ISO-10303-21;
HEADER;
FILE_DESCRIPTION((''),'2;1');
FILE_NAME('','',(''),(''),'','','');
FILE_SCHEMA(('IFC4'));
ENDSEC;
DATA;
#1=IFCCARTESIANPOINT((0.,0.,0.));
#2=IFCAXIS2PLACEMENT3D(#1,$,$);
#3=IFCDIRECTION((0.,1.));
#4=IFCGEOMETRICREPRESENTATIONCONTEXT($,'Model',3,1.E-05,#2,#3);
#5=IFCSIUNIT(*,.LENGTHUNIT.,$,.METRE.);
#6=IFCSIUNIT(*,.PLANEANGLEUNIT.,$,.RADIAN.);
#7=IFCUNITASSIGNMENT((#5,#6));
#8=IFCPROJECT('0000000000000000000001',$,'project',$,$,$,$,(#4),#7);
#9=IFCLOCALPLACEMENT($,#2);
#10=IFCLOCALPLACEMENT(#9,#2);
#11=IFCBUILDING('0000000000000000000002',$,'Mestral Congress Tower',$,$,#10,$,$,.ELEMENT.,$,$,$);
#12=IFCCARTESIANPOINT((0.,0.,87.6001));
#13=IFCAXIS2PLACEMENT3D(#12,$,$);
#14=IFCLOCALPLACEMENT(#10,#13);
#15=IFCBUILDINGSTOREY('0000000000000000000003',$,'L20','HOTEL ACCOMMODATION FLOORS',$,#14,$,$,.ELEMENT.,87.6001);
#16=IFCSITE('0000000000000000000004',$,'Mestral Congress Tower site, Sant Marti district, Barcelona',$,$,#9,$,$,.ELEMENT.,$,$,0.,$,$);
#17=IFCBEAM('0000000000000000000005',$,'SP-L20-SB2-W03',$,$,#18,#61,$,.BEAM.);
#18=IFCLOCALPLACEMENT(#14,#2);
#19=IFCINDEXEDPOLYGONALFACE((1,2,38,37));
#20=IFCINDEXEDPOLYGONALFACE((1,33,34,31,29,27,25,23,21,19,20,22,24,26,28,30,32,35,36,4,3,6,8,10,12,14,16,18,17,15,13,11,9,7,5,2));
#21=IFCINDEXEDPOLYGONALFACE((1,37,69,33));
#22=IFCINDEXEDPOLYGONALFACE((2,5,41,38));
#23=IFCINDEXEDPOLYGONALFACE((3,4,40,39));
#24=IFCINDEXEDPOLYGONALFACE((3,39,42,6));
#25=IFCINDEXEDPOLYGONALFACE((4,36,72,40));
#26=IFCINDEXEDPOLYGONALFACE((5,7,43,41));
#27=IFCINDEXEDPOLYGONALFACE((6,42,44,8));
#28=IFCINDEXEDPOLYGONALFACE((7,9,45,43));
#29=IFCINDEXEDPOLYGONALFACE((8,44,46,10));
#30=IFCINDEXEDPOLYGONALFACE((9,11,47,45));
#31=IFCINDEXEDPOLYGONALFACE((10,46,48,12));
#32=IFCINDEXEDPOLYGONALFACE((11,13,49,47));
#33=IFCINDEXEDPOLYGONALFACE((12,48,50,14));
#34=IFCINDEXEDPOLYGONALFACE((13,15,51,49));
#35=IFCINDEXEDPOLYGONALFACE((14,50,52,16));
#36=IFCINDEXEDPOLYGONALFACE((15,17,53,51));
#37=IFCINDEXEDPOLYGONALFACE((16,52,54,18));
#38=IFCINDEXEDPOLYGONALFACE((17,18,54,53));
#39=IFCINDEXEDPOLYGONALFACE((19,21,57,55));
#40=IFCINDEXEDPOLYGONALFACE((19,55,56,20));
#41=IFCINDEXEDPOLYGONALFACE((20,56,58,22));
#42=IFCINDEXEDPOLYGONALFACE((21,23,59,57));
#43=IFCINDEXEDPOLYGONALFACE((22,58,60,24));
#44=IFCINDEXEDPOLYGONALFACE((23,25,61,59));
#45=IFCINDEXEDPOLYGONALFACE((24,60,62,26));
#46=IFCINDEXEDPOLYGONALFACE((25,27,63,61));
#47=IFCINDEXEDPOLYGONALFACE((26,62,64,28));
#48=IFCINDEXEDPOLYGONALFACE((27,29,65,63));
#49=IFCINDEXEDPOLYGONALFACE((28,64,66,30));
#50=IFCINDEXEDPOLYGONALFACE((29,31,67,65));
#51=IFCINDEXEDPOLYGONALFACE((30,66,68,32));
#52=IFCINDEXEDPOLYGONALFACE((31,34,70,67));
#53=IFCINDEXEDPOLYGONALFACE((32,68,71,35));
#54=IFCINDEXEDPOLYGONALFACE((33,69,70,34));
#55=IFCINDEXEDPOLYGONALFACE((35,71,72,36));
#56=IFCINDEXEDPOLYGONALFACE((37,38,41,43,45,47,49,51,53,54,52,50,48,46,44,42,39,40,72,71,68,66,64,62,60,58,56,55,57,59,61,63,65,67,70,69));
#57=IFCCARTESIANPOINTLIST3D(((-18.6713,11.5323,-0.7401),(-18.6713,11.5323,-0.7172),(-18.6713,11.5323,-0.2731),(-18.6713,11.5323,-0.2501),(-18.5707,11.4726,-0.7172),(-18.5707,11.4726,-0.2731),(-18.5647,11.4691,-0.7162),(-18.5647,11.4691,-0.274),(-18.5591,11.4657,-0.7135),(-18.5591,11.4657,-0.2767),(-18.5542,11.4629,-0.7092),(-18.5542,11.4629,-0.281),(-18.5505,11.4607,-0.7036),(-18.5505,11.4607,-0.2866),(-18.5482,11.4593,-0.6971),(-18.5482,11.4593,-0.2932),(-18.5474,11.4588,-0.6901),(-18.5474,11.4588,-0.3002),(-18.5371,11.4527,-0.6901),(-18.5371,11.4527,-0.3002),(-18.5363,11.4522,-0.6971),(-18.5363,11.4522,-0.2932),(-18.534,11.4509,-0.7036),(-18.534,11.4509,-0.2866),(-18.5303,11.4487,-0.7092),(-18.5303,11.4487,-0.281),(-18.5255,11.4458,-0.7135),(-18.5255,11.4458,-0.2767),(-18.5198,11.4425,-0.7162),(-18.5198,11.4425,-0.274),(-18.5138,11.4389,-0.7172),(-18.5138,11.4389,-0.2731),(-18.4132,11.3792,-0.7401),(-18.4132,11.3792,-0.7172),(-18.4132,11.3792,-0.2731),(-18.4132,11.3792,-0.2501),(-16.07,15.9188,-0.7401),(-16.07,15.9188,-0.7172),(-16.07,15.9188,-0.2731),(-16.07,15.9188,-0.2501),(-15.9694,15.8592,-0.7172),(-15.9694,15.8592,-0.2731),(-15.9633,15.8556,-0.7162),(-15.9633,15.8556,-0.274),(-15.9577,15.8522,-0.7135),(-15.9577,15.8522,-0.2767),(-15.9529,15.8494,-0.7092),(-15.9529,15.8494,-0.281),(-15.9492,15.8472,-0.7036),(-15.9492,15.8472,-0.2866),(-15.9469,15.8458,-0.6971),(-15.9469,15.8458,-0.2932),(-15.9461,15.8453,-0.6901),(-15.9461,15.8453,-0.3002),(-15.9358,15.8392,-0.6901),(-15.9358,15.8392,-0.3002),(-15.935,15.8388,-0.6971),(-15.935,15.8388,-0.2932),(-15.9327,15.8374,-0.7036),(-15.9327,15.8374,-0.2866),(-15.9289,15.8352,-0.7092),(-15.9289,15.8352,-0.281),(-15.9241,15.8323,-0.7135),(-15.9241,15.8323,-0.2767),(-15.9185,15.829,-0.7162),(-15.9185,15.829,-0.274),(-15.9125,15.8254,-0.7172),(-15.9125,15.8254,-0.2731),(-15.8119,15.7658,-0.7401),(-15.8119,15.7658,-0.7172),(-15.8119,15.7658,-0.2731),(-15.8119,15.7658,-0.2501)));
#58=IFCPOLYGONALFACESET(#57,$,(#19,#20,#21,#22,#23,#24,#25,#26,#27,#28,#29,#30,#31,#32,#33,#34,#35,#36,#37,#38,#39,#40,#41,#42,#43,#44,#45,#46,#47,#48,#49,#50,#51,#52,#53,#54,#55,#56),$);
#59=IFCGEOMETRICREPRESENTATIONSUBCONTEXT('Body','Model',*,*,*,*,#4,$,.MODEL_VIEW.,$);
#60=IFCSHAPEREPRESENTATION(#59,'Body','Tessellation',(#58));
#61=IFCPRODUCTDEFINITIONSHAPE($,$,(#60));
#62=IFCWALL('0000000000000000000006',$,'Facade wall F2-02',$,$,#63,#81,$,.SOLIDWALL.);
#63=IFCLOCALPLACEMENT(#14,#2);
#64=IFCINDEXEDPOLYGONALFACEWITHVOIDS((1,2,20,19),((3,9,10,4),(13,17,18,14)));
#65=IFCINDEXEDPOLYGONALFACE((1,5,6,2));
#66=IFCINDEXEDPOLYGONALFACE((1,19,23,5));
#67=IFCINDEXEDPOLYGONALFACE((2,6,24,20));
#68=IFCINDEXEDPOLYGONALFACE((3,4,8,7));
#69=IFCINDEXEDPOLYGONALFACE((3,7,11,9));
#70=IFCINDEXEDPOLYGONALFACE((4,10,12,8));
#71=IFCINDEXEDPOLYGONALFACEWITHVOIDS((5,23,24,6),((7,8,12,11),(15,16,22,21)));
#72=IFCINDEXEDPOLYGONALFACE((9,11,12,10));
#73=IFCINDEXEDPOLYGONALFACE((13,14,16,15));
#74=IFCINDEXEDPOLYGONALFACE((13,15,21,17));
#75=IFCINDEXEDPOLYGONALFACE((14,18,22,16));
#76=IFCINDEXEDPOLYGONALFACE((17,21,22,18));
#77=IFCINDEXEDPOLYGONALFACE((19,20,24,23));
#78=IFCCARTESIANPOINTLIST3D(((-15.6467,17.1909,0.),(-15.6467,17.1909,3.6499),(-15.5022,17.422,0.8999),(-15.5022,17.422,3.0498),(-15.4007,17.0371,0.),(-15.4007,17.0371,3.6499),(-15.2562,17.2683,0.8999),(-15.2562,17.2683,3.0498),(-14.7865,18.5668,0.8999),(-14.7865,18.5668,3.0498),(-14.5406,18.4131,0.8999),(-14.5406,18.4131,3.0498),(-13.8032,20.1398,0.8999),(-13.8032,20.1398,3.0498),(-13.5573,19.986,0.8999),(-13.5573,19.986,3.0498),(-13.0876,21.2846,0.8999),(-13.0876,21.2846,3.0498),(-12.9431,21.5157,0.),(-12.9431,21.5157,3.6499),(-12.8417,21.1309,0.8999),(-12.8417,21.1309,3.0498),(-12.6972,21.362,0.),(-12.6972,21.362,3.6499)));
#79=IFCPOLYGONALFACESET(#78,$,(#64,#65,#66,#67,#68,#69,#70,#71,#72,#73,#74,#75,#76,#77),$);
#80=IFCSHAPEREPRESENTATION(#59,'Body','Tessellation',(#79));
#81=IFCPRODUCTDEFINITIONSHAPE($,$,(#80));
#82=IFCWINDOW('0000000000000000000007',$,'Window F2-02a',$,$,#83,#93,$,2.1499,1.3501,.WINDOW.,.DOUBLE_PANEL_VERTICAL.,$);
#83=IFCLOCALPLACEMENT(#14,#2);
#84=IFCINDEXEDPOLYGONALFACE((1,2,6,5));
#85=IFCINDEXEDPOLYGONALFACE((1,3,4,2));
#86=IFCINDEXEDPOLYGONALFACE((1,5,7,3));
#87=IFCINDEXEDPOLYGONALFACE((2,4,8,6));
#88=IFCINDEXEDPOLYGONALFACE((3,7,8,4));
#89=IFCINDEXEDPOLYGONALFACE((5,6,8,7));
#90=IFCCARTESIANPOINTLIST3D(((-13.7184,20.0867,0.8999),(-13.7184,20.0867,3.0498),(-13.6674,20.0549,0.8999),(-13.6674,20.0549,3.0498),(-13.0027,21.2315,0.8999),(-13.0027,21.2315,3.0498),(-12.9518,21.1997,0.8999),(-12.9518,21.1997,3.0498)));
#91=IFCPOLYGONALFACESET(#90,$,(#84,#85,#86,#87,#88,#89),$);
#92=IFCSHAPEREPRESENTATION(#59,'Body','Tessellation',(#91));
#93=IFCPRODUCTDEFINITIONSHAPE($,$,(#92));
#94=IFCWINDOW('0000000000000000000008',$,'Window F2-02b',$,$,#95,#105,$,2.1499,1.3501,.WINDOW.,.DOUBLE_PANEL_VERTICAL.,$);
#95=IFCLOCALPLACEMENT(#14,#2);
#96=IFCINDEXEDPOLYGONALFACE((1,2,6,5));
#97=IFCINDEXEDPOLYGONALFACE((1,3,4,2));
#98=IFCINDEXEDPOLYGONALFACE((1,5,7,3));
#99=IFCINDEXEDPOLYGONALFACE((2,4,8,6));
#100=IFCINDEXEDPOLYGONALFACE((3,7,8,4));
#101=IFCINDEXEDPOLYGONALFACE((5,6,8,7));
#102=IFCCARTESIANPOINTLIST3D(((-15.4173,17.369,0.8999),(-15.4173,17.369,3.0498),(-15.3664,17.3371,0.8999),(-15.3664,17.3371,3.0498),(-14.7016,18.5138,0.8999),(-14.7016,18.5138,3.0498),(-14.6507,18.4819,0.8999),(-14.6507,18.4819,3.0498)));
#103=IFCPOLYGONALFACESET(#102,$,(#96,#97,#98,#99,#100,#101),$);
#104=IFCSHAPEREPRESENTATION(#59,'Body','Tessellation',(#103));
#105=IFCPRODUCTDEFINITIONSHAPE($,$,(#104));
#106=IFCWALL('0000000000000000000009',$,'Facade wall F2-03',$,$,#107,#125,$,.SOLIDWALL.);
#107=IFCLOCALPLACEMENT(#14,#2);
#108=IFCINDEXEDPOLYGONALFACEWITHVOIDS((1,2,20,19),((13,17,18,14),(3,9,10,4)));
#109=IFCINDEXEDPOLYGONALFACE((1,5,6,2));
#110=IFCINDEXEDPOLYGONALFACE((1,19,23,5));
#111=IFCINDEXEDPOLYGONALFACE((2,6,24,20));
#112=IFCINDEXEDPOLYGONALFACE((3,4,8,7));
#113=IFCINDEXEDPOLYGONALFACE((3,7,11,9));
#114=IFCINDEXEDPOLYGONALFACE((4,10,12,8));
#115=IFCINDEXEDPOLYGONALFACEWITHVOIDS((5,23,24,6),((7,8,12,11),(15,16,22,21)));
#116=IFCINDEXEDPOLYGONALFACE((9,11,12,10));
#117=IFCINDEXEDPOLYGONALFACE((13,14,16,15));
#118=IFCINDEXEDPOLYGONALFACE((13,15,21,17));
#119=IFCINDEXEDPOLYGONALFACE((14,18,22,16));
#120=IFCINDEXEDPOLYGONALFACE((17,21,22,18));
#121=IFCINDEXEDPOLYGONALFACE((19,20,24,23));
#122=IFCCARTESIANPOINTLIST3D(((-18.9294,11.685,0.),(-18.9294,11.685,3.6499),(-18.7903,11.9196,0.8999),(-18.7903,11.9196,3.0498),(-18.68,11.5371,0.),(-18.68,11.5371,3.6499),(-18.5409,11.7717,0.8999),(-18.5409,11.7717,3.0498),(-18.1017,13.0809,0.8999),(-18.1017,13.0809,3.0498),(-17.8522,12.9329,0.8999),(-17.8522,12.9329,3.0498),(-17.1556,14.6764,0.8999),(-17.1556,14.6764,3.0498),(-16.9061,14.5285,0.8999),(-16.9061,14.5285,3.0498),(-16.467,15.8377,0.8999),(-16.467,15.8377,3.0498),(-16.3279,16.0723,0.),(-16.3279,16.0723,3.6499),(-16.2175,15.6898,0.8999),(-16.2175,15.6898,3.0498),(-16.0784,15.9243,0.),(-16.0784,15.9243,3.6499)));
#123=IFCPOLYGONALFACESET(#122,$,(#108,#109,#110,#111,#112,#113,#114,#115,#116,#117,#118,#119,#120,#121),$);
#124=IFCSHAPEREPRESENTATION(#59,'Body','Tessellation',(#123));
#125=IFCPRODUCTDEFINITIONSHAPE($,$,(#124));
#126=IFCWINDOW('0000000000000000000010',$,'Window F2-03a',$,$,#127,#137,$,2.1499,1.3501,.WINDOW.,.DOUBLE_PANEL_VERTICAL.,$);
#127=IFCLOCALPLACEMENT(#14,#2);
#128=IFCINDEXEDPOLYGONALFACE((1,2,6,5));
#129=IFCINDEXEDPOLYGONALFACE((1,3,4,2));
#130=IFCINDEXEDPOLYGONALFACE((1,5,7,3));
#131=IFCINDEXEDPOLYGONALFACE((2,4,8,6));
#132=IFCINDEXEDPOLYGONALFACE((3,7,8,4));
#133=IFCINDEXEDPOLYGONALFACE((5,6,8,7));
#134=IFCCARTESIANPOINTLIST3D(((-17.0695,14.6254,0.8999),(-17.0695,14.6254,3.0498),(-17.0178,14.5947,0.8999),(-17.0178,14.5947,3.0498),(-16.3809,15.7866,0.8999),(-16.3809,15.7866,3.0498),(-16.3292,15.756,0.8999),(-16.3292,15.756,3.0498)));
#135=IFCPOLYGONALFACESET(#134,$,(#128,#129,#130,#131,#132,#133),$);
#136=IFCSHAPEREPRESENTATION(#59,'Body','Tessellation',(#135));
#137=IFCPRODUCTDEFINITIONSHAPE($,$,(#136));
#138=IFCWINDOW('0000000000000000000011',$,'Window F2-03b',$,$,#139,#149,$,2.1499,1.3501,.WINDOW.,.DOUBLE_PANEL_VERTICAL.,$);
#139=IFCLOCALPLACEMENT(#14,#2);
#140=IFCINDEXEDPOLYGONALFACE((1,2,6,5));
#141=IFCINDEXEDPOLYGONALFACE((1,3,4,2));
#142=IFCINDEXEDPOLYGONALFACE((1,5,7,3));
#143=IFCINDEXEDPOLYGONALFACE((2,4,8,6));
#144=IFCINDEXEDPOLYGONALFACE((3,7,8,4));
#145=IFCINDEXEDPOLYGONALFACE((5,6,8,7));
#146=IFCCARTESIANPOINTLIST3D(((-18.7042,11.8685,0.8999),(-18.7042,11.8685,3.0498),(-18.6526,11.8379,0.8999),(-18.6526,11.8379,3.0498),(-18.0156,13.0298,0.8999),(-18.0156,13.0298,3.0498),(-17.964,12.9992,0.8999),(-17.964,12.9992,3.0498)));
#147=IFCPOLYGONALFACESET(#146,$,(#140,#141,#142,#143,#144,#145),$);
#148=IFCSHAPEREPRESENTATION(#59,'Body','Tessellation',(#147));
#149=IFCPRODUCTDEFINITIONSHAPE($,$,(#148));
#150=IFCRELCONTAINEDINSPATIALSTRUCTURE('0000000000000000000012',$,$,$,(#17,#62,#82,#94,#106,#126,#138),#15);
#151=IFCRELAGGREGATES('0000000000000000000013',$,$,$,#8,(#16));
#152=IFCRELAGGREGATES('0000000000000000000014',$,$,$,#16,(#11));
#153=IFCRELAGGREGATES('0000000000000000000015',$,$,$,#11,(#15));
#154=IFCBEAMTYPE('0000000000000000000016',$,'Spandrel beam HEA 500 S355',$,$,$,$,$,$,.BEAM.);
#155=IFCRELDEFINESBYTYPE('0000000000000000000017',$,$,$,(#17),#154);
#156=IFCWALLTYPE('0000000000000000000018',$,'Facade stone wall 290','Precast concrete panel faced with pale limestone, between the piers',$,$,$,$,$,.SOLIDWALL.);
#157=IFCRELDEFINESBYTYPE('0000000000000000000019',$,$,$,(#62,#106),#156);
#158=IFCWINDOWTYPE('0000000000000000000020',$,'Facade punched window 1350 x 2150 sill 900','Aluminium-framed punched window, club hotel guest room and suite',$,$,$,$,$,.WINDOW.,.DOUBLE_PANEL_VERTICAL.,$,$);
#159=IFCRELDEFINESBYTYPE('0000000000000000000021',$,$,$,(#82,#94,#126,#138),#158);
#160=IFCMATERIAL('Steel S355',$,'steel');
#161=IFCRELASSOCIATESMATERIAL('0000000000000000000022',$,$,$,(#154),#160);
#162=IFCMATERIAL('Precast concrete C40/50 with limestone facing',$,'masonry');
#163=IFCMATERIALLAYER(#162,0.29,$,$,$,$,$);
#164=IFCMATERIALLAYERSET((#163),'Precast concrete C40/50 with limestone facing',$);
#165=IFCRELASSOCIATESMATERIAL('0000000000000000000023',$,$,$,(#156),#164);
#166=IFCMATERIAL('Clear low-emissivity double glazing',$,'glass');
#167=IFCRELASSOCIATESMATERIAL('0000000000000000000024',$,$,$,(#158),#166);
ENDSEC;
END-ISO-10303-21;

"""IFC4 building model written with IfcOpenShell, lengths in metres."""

from ifc_helpers import new_model, si_unit, direction, frame, frame_2d, origin, origin_2d, place, context, subcontext, project, spatial, rectangle, i_section, extrude, material, layer, layer_set, material_profile, profile_set, type_object, element, fill, save


model = new_model("IFC4")

# Units and contexts
model_context = context("Model", 3, precision=1e-05, world=origin(), true_north=direction((0.0, 1.0)))
body_context = subcontext(model_context, "Body", "Model", "MODEL_VIEW")
ifc_project = project(units=[si_unit("LENGTHUNIT", "METRE"), si_unit("PLANEANGLEUNIT", "RADIAN")], contexts=[model_context])

# Site, building, storey
site_placement = place(None, origin())
site = spatial("IfcSite", under=ifc_project, at=site_placement, Name="Mestral Congress Tower site, Sant Marti district, Barcelona", CompositionType="ELEMENT", RefElevation=0.0)
building_placement = place(site_placement, origin())
building = spatial("IfcBuilding", under=site, at=building_placement, Name="Mestral Congress Tower", CompositionType="ELEMENT")
storey_placement = place(building_placement, frame((0.0, 0.0, 87.6001)))
storey = spatial("IfcBuildingStorey", under=building, at=storey_placement, Name="L20", Description="HOTEL ACCOMMODATION FLOORS", CompositionType="ELEMENT", Elevation=87.6001)

# Beam
ifc_material_1 = material(Name="Steel S355", Category="steel")
ifc_material_profile_1 = material_profile(ifc_material_1, i_section(OverallWidth=0.3, OverallDepth=0.49, WebThickness=0.012, FlangeThickness=0.0229, FilletRadius=0.0271, at=origin_2d()), Name="HEA 500")
ifc_profile_set_1 = profile_set([ifc_material_profile_1], Name="Steel S355")
beam_type_1 = type_object("IfcBeamType", Name="Spandrel beam HEA 500 S355", PredefinedType="BEAM", material=ifc_profile_set_1)
for number, where, z_axis, x_axis, name in (
    (1, (-15.9409, 15.8423, -0.4951), (-0.510082, -0.860126, 0.0), (0.860126, -0.510082, 0.0), "SP-L20-SB2-W03"),
):
    element("IfcBeam", number, at=place(storey_placement, frame(where, z_axis=z_axis, x_axis=x_axis)), inside=storey, type_object=beam_type_1, Name=name, PredefinedType="BEAM", context=body_context, shape_type="SweptSolid", body=[
        extrude(i_section(OverallWidth=0.3, OverallDepth=0.49, WebThickness=0.012, FlangeThickness=0.0229, FilletRadius=0.0271, at=origin_2d()), origin(), (0.0, 0.0, 1.0), 5.0999),
    ])

# Walls, openings, windows
ifc_material_2 = material(Name="Precast concrete C40/50 with limestone facing", Category="masonry")
ifc_layer_1 = layer(ifc_material_2, 0.29)
ifc_layer_set_1 = layer_set([ifc_layer_1], Name="Precast concrete C40/50 with limestone facing")
wall_type_1 = type_object("IfcWallType", Name="Facade stone wall 290", Description="Precast concrete panel faced with pale limestone, between the piers", PredefinedType="SOLIDWALL", material=ifc_layer_set_1)
wall_1_placement = place(storey_placement, frame((-12.8201, 21.439, 0.0), z_axis=(0.0, 0.0, 1.0), x_axis=(-0.530072, -0.847953, 0.0)))
wall_1 = element("IfcWall", 2, at=wall_1_placement, inside=storey, type_object=wall_type_1, Name="Facade wall F2-02", PredefinedType="SOLIDWALL", context=body_context, shape_type="SweptSolid", body=[
    extrude(rectangle(XDim=5.1003, YDim=0.29, at=frame_2d((2.5503, 0.0))), origin(), (0.0, 0.0, 1.0), 3.6499),
])
opening_1_placement = place(wall_1_placement, frame((0.2727, 0.0, 0.8999)))
opening_1 = element("IfcOpeningElement", 3, at=opening_1_placement, cuts=wall_1, PredefinedType="OPENING", context=body_context, shape_type="SweptSolid", body=[
    extrude(rectangle(XDim=1.3501, YDim=2.1499, at=frame_2d((0.675, 1.075))), frame((0.0, 0.155, 0.0), z_axis=(0.0, -1.0, 0.0), x_axis=(1.0, 0.0, 0.0)), (0.0, 0.0, 1.0), 0.3101),
])
opening_2_placement = place(wall_1_placement, frame((3.4778, 0.0, 0.8999)))
opening_2 = element("IfcOpeningElement", 4, at=opening_2_placement, cuts=wall_1, PredefinedType="OPENING", context=body_context, shape_type="SweptSolid", body=[
    extrude(rectangle(XDim=1.3501, YDim=2.1499, at=frame_2d((0.675, 1.075))), frame((0.0, 0.155, 0.0), z_axis=(0.0, -1.0, 0.0), x_axis=(1.0, 0.0, 0.0)), (0.0, 0.0, 1.0), 0.3101),
])
ifc_material_3 = material(Name="Clear low-emissivity double glazing", Category="glass")
window_type = type_object("IfcWindowType", Name="Facade punched window 1350 x 2150 sill 900", Description="Aluminium-framed punched window, club hotel guest room and suite", PartitioningType="DOUBLE_PANEL_VERTICAL", PredefinedType="WINDOW", material=ifc_material_3)
window_1_placement = place(opening_1_placement, origin())
window_1 = element("IfcWindow", 5, at=window_1_placement, inside=storey, type_object=window_type, Name="Window F2-02a", OverallHeight=2.1499, OverallWidth=1.3501, PartitioningType="DOUBLE_PANEL_VERTICAL", PredefinedType="WINDOW", context=body_context, shape_type="SweptSolid", body=[
    extrude(rectangle(XDim=1.3501, YDim=2.1499, at=frame_2d((0.675, 1.075))), frame((0.0, 0.0151, 0.0), z_axis=(0.0, -1.0, 0.0), x_axis=(1.0, 0.0, 0.0)), (0.0, 0.0, 1.0), 0.0601),
])
fill(opening_1, window_1)
window_2_placement = place(opening_2_placement, origin())
window_2 = element("IfcWindow", 6, at=window_2_placement, inside=storey, type_object=window_type, Name="Window F2-02b", OverallHeight=2.1499, OverallWidth=1.3501, PartitioningType="DOUBLE_PANEL_VERTICAL", PredefinedType="WINDOW", context=body_context, shape_type="SweptSolid", body=[
    extrude(rectangle(XDim=1.3501, YDim=2.1499, at=frame_2d((0.675, 1.075))), frame((0.0, 0.0151, 0.0), z_axis=(0.0, -1.0, 0.0), x_axis=(1.0, 0.0, 0.0)), (0.0, 0.0, 1.0), 0.0601),
])
fill(opening_2, window_2)
wall_2_placement = place(storey_placement, frame((-16.2031, 15.9983, 0.0), z_axis=(0.0, 0.0, 1.0), x_axis=(-0.510054, -0.860142, 0.0)))
wall_2 = element("IfcWall", 7, at=wall_2_placement, inside=storey, type_object=wall_type_1, Name="Facade wall F2-03", PredefinedType="SOLIDWALL", context=body_context, shape_type="SweptSolid", body=[
    extrude(rectangle(XDim=5.1006, YDim=0.29, at=frame_2d((2.5503, 0.0))), origin(), (0.0, 0.0, 1.0), 3.6499),
])
opening_3_placement = place(wall_2_placement, frame((0.2727, 0.0, 0.8999)))
opening_3 = element("IfcOpeningElement", 8, at=opening_3_placement, cuts=wall_2, PredefinedType="OPENING", context=body_context, shape_type="SweptSolid", body=[
    extrude(rectangle(XDim=1.3501, YDim=2.1499, at=frame_2d((0.675, 1.075))), frame((0.0, 0.155, 0.0), z_axis=(0.0, -1.0, 0.0), x_axis=(1.0, 0.0, 0.0)), (0.0, 0.0, 1.0), 0.3101),
])
opening_4_placement = place(wall_2_placement, frame((3.4778, 0.0, 0.8999)))
opening_4 = element("IfcOpeningElement", 9, at=opening_4_placement, cuts=wall_2, PredefinedType="OPENING", context=body_context, shape_type="SweptSolid", body=[
    extrude(rectangle(XDim=1.3501, YDim=2.1499, at=frame_2d((0.675, 1.075))), frame((0.0, 0.155, 0.0), z_axis=(0.0, -1.0, 0.0), x_axis=(1.0, 0.0, 0.0)), (0.0, 0.0, 1.0), 0.3101),
])
window_3_placement = place(opening_3_placement, origin())
window_3 = element("IfcWindow", 10, at=window_3_placement, inside=storey, type_object=window_type, Name="Window F2-03a", OverallHeight=2.1499, OverallWidth=1.3501, PartitioningType="DOUBLE_PANEL_VERTICAL", PredefinedType="WINDOW", context=body_context, shape_type="SweptSolid", body=[
    extrude(rectangle(XDim=1.3501, YDim=2.1499, at=frame_2d((0.675, 1.075))), frame((0.0, 0.0151, 0.0), z_axis=(0.0, -1.0, 0.0), x_axis=(1.0, 0.0, 0.0)), (0.0, 0.0, 1.0), 0.0601),
])
fill(opening_3, window_3)
window_4_placement = place(opening_4_placement, origin())
window_4 = element("IfcWindow", 11, at=window_4_placement, inside=storey, type_object=window_type, Name="Window F2-03b", OverallHeight=2.1499, OverallWidth=1.3501, PartitioningType="DOUBLE_PANEL_VERTICAL", PredefinedType="WINDOW", context=body_context, shape_type="SweptSolid", body=[
    extrude(rectangle(XDim=1.3501, YDim=2.1499, at=frame_2d((0.675, 1.075))), frame((0.0, 0.0151, 0.0), z_axis=(0.0, -1.0, 0.0), x_axis=(1.0, 0.0, 0.0)), (0.0, 0.0, 1.0), 0.0601),
])
fill(opening_4, window_4)

save(model, "model.ifc")
